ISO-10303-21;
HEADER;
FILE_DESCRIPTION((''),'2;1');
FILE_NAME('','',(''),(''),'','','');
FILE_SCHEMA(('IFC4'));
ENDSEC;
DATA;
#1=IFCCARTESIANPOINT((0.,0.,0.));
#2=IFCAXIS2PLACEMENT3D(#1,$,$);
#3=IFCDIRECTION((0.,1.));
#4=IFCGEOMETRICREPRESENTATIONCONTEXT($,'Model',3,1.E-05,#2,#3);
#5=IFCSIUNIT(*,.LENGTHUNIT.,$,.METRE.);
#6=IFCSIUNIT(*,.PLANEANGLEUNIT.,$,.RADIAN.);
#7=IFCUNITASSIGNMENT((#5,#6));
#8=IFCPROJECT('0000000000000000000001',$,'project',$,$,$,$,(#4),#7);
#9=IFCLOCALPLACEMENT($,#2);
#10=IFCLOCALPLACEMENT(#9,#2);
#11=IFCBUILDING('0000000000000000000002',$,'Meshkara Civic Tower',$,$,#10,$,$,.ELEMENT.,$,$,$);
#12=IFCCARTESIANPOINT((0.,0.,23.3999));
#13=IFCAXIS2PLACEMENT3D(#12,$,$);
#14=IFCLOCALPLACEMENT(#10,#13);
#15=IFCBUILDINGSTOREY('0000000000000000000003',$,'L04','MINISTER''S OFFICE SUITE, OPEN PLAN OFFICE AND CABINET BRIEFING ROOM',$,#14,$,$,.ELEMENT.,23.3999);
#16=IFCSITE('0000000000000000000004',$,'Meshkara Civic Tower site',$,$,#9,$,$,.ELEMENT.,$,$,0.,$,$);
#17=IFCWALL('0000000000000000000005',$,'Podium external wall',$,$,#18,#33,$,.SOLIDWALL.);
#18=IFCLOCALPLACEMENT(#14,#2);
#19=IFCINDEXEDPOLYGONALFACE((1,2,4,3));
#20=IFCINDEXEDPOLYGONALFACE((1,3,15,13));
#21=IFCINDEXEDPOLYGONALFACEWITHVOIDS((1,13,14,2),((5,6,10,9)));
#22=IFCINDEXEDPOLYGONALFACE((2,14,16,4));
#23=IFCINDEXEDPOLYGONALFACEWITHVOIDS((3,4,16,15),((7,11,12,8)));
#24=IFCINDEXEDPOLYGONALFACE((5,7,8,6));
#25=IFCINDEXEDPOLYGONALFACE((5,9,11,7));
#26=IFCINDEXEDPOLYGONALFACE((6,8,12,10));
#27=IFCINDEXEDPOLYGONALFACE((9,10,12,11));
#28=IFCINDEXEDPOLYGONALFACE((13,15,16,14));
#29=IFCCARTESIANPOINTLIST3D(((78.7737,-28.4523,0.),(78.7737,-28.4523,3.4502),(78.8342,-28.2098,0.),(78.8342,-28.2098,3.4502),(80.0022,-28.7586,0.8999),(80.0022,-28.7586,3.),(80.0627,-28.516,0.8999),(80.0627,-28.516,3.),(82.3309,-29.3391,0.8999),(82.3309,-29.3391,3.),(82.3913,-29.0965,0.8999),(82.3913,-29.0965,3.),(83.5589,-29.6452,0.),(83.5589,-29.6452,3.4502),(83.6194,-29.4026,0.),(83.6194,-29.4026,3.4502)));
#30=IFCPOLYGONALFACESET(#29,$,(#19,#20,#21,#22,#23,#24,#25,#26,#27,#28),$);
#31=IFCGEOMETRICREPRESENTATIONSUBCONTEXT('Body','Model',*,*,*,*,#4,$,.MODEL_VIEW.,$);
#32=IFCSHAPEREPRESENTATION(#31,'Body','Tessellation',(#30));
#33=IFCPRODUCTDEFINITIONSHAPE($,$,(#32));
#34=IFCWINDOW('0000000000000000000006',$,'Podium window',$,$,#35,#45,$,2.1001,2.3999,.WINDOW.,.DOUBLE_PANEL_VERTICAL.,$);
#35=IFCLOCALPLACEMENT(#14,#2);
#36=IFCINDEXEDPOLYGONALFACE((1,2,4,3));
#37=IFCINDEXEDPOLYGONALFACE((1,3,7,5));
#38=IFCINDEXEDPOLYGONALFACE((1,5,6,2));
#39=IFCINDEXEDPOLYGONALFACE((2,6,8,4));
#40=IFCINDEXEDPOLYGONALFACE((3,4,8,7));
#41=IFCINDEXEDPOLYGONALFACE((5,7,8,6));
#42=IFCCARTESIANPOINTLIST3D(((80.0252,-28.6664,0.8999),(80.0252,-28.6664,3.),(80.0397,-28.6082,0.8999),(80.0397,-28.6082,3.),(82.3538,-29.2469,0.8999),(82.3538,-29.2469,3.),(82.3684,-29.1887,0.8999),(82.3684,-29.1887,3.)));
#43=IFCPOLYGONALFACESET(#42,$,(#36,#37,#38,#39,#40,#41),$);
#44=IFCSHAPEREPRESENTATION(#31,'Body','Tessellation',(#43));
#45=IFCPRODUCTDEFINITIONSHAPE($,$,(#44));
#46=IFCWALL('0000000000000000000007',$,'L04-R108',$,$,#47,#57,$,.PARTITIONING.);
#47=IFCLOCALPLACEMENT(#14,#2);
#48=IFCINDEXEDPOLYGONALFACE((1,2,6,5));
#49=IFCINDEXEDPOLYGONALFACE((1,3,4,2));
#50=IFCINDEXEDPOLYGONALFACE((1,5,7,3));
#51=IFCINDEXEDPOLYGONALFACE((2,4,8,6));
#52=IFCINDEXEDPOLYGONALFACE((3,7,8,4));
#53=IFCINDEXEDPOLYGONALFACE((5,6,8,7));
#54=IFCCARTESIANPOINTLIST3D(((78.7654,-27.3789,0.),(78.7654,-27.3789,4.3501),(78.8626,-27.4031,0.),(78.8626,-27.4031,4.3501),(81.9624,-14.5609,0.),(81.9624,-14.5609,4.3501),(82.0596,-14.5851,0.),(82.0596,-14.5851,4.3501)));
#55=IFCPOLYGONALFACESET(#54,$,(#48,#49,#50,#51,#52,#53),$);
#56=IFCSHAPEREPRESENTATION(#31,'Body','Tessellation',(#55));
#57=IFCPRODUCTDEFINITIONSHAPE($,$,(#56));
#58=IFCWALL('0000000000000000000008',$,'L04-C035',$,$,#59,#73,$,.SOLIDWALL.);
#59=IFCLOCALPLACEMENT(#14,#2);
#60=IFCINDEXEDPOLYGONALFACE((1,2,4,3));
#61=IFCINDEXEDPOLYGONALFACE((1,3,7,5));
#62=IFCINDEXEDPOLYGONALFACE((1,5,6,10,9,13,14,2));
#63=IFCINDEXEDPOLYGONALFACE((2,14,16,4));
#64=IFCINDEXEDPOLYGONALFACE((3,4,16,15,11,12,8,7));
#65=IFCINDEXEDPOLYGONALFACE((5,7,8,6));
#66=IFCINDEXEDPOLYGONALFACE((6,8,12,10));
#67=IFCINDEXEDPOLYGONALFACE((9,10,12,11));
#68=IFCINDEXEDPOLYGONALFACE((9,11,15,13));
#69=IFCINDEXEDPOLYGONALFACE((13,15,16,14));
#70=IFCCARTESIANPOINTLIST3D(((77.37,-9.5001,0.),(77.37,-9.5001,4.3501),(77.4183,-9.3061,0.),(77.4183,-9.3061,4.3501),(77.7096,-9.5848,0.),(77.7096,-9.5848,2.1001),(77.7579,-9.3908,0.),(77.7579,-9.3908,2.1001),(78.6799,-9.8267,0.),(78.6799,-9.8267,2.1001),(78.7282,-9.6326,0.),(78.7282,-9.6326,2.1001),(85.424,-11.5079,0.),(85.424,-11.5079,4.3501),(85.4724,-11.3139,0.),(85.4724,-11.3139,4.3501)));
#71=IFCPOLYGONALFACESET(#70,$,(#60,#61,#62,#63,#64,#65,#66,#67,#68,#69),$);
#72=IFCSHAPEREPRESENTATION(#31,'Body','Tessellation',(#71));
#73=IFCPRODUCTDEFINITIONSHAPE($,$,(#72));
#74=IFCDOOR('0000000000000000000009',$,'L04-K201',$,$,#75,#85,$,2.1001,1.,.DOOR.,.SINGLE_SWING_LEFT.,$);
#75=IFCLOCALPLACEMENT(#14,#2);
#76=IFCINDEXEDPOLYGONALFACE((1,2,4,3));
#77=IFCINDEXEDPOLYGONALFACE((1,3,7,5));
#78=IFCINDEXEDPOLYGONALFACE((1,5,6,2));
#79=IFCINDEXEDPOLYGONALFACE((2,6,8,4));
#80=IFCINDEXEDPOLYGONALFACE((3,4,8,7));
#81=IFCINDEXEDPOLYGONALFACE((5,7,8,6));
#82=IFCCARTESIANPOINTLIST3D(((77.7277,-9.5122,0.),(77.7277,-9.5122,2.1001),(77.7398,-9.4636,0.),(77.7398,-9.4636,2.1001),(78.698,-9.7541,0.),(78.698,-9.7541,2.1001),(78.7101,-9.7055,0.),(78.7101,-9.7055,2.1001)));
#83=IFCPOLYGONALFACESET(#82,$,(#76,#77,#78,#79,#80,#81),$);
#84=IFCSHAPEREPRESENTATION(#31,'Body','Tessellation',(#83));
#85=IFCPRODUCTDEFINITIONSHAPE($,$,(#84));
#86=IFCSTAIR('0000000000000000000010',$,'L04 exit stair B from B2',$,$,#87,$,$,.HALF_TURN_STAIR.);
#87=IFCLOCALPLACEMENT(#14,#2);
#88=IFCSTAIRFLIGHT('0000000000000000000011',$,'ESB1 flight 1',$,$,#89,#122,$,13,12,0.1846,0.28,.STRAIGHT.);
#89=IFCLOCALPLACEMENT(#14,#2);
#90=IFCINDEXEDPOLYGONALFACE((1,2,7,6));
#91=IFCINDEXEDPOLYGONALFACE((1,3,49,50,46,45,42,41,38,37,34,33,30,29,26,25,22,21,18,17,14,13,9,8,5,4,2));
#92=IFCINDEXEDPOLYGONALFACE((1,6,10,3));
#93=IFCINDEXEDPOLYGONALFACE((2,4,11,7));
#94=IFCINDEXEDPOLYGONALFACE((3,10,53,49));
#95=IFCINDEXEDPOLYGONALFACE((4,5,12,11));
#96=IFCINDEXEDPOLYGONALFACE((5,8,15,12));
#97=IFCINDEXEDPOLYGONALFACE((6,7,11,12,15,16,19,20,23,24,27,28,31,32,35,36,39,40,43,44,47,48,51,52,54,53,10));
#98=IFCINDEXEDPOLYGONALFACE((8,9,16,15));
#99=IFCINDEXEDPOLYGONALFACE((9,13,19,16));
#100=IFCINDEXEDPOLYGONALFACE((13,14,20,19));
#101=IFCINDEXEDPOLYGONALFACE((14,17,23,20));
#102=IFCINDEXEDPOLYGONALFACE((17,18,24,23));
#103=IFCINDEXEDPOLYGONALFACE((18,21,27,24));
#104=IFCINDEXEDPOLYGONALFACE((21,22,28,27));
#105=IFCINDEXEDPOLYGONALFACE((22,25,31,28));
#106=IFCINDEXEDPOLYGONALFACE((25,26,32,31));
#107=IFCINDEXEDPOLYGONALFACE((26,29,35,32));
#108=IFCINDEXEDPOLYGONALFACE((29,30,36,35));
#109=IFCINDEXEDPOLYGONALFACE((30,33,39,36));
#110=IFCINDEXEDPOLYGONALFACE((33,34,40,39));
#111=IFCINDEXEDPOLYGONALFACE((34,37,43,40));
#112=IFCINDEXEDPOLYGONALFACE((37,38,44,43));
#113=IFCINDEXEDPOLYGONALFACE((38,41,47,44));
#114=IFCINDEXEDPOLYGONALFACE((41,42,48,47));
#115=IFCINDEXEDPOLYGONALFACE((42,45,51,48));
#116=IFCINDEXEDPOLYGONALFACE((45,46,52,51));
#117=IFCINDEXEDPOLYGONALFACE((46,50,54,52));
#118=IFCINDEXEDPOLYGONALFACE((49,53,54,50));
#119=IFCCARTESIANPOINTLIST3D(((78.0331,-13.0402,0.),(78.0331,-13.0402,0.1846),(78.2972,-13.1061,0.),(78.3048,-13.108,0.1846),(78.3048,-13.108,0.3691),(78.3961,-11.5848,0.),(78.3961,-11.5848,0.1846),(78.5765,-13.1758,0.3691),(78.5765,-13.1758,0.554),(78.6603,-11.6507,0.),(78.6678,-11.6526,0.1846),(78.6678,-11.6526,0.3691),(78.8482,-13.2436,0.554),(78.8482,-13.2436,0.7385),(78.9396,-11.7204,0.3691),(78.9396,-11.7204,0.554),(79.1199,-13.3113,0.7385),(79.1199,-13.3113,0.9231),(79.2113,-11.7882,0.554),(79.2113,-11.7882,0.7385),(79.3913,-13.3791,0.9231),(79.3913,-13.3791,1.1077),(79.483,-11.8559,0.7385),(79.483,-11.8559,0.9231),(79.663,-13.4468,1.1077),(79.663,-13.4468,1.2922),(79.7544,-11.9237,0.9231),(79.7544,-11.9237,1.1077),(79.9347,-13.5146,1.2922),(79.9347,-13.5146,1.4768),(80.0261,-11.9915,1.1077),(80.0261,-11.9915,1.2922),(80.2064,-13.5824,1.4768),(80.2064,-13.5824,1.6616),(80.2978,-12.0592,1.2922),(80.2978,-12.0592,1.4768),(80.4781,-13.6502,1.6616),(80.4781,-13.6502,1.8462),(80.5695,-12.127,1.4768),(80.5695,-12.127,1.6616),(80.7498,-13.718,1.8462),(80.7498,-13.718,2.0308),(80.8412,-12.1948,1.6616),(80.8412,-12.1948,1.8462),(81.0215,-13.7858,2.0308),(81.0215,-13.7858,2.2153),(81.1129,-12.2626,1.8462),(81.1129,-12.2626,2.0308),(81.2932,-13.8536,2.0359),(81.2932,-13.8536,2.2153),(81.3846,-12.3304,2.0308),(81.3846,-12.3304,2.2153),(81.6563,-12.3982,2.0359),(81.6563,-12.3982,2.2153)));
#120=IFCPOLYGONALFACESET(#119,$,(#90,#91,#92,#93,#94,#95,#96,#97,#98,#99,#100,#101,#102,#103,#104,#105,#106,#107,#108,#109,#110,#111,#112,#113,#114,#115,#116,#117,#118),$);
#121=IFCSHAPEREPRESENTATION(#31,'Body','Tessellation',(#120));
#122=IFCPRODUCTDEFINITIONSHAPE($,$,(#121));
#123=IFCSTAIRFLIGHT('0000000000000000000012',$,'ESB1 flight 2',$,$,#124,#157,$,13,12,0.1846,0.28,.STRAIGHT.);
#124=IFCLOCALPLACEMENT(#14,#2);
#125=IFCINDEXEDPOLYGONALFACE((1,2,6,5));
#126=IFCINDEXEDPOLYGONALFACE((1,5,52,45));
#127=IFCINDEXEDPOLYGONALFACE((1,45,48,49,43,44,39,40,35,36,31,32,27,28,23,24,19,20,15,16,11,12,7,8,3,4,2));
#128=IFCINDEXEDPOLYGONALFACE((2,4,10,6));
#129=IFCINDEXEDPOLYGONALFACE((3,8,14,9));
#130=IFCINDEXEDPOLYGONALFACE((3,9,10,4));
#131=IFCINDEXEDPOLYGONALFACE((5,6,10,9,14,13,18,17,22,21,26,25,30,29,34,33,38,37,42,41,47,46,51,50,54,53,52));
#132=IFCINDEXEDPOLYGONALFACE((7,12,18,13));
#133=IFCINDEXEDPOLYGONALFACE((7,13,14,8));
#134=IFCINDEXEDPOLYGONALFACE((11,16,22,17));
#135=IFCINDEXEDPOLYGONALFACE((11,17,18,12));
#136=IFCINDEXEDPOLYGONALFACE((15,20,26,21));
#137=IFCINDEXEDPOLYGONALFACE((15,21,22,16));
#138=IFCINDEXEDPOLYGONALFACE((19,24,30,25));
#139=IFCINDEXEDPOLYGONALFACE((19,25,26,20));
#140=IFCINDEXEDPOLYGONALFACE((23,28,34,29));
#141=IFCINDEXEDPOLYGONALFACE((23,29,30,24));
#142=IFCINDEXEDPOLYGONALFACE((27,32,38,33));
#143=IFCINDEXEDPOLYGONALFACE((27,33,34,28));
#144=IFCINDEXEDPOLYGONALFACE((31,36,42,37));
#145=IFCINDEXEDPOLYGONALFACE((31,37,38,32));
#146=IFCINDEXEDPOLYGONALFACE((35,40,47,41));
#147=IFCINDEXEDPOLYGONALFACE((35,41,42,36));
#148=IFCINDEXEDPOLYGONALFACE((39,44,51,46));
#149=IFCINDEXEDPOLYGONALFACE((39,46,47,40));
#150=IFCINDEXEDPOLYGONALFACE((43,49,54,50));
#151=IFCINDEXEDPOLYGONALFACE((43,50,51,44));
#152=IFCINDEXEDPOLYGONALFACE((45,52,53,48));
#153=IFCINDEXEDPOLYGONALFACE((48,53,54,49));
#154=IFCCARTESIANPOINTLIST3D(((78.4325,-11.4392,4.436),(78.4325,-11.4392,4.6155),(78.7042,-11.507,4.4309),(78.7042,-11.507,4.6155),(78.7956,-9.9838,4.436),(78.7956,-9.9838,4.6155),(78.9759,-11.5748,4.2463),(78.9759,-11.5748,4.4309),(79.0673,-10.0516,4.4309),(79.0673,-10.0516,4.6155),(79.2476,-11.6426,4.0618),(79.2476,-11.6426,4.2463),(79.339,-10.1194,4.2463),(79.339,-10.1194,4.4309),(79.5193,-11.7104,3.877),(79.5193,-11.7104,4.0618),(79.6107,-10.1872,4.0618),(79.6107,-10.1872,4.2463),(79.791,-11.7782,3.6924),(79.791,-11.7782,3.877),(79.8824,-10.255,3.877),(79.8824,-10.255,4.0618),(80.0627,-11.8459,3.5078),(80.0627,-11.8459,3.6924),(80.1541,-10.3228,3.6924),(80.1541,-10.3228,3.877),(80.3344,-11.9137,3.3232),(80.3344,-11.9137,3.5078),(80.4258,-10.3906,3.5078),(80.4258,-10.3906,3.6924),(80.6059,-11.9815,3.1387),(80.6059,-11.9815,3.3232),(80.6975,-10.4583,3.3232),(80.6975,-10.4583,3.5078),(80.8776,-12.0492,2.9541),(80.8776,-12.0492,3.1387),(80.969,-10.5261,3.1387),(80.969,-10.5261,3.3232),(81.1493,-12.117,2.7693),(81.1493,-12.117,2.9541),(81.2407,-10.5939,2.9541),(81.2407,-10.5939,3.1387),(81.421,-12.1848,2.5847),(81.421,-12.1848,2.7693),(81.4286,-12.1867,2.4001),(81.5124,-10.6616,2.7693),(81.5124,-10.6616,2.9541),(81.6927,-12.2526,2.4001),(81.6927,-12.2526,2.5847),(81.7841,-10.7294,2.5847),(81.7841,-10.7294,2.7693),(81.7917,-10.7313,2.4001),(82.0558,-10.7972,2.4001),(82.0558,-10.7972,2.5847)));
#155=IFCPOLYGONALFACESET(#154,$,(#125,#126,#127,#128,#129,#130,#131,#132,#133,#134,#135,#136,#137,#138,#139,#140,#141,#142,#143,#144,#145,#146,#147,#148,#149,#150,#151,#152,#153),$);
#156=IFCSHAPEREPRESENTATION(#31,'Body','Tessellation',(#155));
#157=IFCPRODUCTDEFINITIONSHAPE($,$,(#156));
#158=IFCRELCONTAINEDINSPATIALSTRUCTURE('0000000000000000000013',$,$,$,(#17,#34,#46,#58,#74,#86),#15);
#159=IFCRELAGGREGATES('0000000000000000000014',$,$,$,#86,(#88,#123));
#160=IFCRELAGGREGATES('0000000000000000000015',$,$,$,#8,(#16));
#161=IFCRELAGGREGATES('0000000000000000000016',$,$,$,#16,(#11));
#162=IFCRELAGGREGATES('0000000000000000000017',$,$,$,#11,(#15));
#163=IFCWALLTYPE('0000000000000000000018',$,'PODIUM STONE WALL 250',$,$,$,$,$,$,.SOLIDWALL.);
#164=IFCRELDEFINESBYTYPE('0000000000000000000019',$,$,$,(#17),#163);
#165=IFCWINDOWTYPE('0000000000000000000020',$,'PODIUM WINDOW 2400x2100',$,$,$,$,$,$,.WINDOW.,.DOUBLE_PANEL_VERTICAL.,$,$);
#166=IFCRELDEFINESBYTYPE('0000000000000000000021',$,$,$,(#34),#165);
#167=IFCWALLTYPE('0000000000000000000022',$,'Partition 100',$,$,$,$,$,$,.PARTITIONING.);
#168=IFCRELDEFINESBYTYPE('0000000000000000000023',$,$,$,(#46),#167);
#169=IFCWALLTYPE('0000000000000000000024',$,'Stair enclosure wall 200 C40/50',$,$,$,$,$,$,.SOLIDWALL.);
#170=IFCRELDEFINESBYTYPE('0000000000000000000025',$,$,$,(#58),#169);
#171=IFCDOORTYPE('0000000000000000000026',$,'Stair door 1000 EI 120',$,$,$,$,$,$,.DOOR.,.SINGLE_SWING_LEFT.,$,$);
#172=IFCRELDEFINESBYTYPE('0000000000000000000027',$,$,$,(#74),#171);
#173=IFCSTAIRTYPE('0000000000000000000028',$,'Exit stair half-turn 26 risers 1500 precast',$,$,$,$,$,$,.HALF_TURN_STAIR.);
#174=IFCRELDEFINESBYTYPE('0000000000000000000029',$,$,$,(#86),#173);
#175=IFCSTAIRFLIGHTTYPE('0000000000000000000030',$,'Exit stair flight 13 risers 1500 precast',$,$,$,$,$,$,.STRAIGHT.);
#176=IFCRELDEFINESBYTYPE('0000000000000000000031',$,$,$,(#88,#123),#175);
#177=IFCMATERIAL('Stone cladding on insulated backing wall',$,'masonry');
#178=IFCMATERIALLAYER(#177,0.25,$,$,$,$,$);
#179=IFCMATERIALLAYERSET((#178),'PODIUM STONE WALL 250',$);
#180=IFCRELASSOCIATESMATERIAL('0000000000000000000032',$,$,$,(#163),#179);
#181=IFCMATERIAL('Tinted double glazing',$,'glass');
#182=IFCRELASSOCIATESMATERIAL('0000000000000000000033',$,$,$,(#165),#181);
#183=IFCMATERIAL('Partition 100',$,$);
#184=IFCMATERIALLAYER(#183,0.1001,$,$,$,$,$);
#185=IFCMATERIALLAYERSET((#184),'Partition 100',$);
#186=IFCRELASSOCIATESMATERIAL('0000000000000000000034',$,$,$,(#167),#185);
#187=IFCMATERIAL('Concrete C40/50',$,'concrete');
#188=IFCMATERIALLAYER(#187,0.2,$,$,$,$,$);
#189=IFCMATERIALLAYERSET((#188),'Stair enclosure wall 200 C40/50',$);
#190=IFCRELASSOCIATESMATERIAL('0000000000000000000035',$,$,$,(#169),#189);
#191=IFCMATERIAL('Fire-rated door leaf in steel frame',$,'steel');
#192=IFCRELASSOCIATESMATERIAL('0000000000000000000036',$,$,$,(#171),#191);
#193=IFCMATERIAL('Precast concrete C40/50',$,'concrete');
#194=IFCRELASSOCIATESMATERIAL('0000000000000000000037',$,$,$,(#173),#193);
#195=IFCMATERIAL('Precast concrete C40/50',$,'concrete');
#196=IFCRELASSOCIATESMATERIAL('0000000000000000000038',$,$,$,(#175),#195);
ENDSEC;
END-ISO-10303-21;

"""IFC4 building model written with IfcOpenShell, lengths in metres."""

from ifc_helpers import new_model, si_unit, direction, frame, frame_2d, origin, place, context, subcontext, project, spatial, polyline, rectangle, outline, extrude, material, layer, layer_set, type_object, element, fill, aggregate, save


model = new_model("IFC4")

# Units and contexts
model_context = context("Model", 3, precision=1e-05, world=origin(), true_north=direction((0.0, 1.0)))
body_context = subcontext(model_context, "Body", "Model", "MODEL_VIEW")
ifc_project = project(units=[si_unit("LENGTHUNIT", "METRE"), si_unit("PLANEANGLEUNIT", "RADIAN")], contexts=[model_context])

# Site, building, storey
site_placement = place(None, origin())
site = spatial("IfcSite", under=ifc_project, at=site_placement, Name="Meshkara Civic Tower site", CompositionType="ELEMENT", RefElevation=0.0)
building_placement = place(site_placement, origin())
building = spatial("IfcBuilding", under=site, at=building_placement, Name="Meshkara Civic Tower", CompositionType="ELEMENT")
storey_placement = place(building_placement, frame((0.0, 0.0, 23.3999)))
storey = spatial("IfcBuildingStorey", under=building, at=storey_placement, Name="L04", Description="MINISTER'S OFFICE SUITE, OPEN PLAN OFFICE AND CABINET BRIEFING ROOM", CompositionType="ELEMENT", Elevation=23.3999)

# Wall, opening, window
ifc_material_1 = material(Name="Stone cladding on insulated backing wall", Category="masonry")
ifc_layer_1 = layer(ifc_material_1, 0.25)
ifc_layer_set_1 = layer_set([ifc_layer_1], Name="PODIUM STONE WALL 250")
wall_type_1 = type_object("IfcWallType", Name="PODIUM STONE WALL 250", PredefinedType="SOLIDWALL", material=ifc_layer_set_1)
wall_1_placement = place(storey_placement, frame((78.804, -28.3311, 0.0), z_axis=(0.0, 0.0, 1.0), x_axis=(0.970305, -0.241883, 0.0)))
wall_1 = element("IfcWall", 1, at=wall_1_placement, inside=storey, type_object=wall_type_1, Name="Podium external wall", PredefinedType="SOLIDWALL", context=body_context, shape_type="SweptSolid", body=[
    extrude(rectangle(XDim=4.9316, YDim=0.25, at=frame_2d((2.4658, 0.0))), origin(), (0.0, 0.0, 1.0), 3.4502),
])
opening_1_placement = place(wall_1_placement, frame((1.2661, 0.0, 0.8999)))
opening_1 = element("IfcOpeningElement", 2, at=opening_1_placement, cuts=wall_1, PredefinedType="OPENING", context=body_context, shape_type="SweptSolid", body=[
    extrude(rectangle(XDim=2.3999, YDim=2.1001, at=frame_2d((1.2, 1.05))), frame((0.0, 0.135, 0.0), z_axis=(0.0, -1.0, 0.0), x_axis=(1.0, 0.0, 0.0)), (0.0, 0.0, 1.0), 0.27),
])
ifc_material_2 = material(Name="Tinted double glazing", Category="glass")
window_type = type_object("IfcWindowType", Name="PODIUM WINDOW 2400x2100", PartitioningType="DOUBLE_PANEL_VERTICAL", PredefinedType="WINDOW", material=ifc_material_2)
window_placement = place(opening_1_placement, origin())
window = element("IfcWindow", 3, at=window_placement, inside=storey, type_object=window_type, Name="Podium window", OverallHeight=2.1001, OverallWidth=2.3999, PartitioningType="DOUBLE_PANEL_VERTICAL", PredefinedType="WINDOW", context=body_context, shape_type="SweptSolid", body=[
    extrude(rectangle(XDim=2.3999, YDim=2.1001, at=frame_2d((1.2, 1.05))), frame((0.0, 0.03, 0.0), z_axis=(0.0, -1.0, 0.0), x_axis=(1.0, 0.0, 0.0)), (0.0, 0.0, 1.0), 0.0601),
])
fill(opening_1, window)

# Wall
ifc_material_3 = material(Name="Partition 100")
ifc_layer_2 = layer(ifc_material_3, 0.1001)
ifc_layer_set_2 = layer_set([ifc_layer_2], Name="Partition 100")
wall_type_2 = type_object("IfcWallType", Name="Partition 100", PredefinedType="PARTITIONING", material=ifc_layer_set_2)
wall_2_placement = place(storey_placement, frame((78.814, -27.3911, 0.0), z_axis=(0.0, 0.0, 1.0), x_axis=(0.242001, 0.970276, 0.0)))
element("IfcWall", 4, at=wall_2_placement, inside=storey, type_object=wall_type_2, Name="L04-R108", PredefinedType="PARTITIONING", context=body_context, shape_type="SweptSolid", body=[
    extrude(rectangle(XDim=13.2107, YDim=0.1001, at=frame_2d((6.6055, 0.0))), origin(), (0.0, 0.0, 1.0), 4.3501),
])

# Wall, opening, door
ifc_material_4 = material(Name="Concrete C40/50", Category="concrete")
ifc_layer_3 = layer(ifc_material_4, 0.2)
ifc_layer_set_3 = layer_set([ifc_layer_3], Name="Stair enclosure wall 200 C40/50")
wall_type_3 = type_object("IfcWallType", Name="Stair enclosure wall 200 C40/50", PredefinedType="SOLIDWALL", material=ifc_layer_set_3)
wall_3_placement = place(storey_placement, frame((77.394, -9.4031, 0.0), z_axis=(0.0, 0.0, 1.0), x_axis=(0.970303, -0.241892, 0.0)))
wall_3 = element("IfcWall", 5, at=wall_3_placement, inside=storey, type_object=wall_type_3, Name="L04-C035", PredefinedType="SOLIDWALL", context=body_context, shape_type="SweptSolid", body=[
    extrude(rectangle(XDim=8.3005, YDim=0.2, at=frame_2d((4.1504, 0.0))), origin(), (0.0, 0.0, 1.0), 4.3501),
])
opening_2_placement = place(wall_3_placement, frame((0.3501, 0.0, 0.0)))
opening_2 = element("IfcOpeningElement", 6, at=opening_2_placement, cuts=wall_3, PredefinedType="OPENING", context=body_context, shape_type="SweptSolid", body=[
    extrude(rectangle(XDim=1.0, YDim=2.1001, at=frame_2d((0.5, 1.05))), frame((0.0, 0.1099, 0.0), z_axis=(0.0, -1.0, 0.0), x_axis=(1.0, 0.0, 0.0)), (0.0, 0.0, 1.0), 0.22),
])
ifc_material_5 = material(Name="Fire-rated door leaf in steel frame", Category="steel")
door_type_1 = type_object("IfcDoorType", Name="Stair door 1000 EI 120", OperationType="SINGLE_SWING_LEFT", PredefinedType="DOOR", material=ifc_material_5)
door_1_placement = place(opening_2_placement, origin())
door_1 = element("IfcDoor", 7, at=door_1_placement, inside=storey, type_object=door_type_1, Name="L04-K201", OperationType="SINGLE_SWING_LEFT", OverallHeight=2.1001, OverallWidth=1.0, PredefinedType="DOOR", context=body_context, shape_type="SweptSolid", body=[
    extrude(rectangle(XDim=1.0, YDim=2.1001, at=frame_2d((0.5, 1.05))), frame((0.0, 0.0249, 0.0), z_axis=(0.0, -1.0, 0.0), x_axis=(1.0, 0.0, 0.0)), (0.0, 0.0, 1.0), 0.05),
])
fill(opening_2, door_1)

# Stair, stair flights
ifc_material_6 = material(Name="Precast concrete C40/50", Category="concrete")
stair_type = type_object("IfcStairType", Name="Exit stair half-turn 26 risers 1500 precast", PredefinedType="HALF_TURN_STAIR", material=ifc_material_6)
stair_placement = place(storey_placement, origin())
stair = element("IfcStair", 8, at=stair_placement, inside=storey, type_object=stair_type, Name="L04 exit stair B from B2", PredefinedType="HALF_TURN_STAIR")
ifc_material_7 = material(Name="Precast concrete C40/50", Category="concrete")
stair_flight_type = type_object("IfcStairFlightType", Name="Exit stair flight 13 risers 1500 precast", PredefinedType="STRAIGHT", material=ifc_material_7)
stair_flight_1_placement = place(storey_placement, frame((78.2146, -12.3125, 0.0), z_axis=(0.0, 0.0, 1.0), x_axis=(0.97026, -0.242065, 0.0)))
stair_flight_1 = element("IfcStairFlight", 9, at=stair_flight_1_placement, type_object=stair_flight_type, Name="ESB1 flight 1", NumberOfRisers=13, NumberOfTreads=12, PredefinedType="STRAIGHT", RiserHeight=0.1846, TreadLength=0.28, context=body_context, shape_type="SweptSolid", body=[
    extrude(outline(polyline([(0.0, 0.0), (0.0, 0.1846), (0.28, 0.1846), (0.28, 0.3691), (0.5601, 0.3691), (0.5601, 0.554), (0.8401, 0.554), (0.8401, 0.7385), (1.1201, 0.7385), (1.1201, 0.9231), (1.3999, 0.9231), (1.3999, 1.1077), (1.6799, 1.1077), (1.6799, 1.2922), (1.96, 1.2922), (1.96, 1.4768), (2.24, 1.4768), (2.24, 1.6616), (2.52, 1.6616), (2.52, 1.8462), (2.8, 1.8462), (2.8, 2.0308), (3.0801, 2.0308), (3.0801, 2.2153), (3.3601, 2.2153), (3.3601, 2.3999), (3.3601, 2.0359), (0.2722, 0.0), (0.0, 0.0)])), frame((0.0, 0.75, 0.0), z_axis=(0.0, -1.0, 0.0), x_axis=(1.0, 0.0, 0.0)), (0.0, 0.0, 1.0), 1.5),
])
stair_flight_2_placement = place(storey_placement, frame((81.8743, -11.5249, 2.4001), z_axis=(0.0, 0.0, 1.0), x_axis=(-0.97026, 0.242065, 0.0)))
stair_flight_2 = element("IfcStairFlight", 10, at=stair_flight_2_placement, type_object=stair_flight_type, Name="ESB1 flight 2", NumberOfRisers=13, NumberOfTreads=12, PredefinedType="STRAIGHT", RiserHeight=0.1846, TreadLength=0.28, context=body_context, shape_type="SweptSolid", body=[
    extrude(outline(polyline([(0.0, 0.0), (0.0, 0.1846), (0.28, 0.1846), (0.28, 0.3691), (0.5601, 0.3691), (0.5601, 0.554), (0.8401, 0.554), (0.8401, 0.7385), (1.1201, 0.7385), (1.1201, 0.9231), (1.3999, 0.9231), (1.3999, 1.1077), (1.6799, 1.1077), (1.6799, 1.2922), (1.96, 1.2922), (1.96, 1.4768), (2.24, 1.4768), (2.24, 1.6616), (2.52, 1.6616), (2.52, 1.8462), (2.8, 1.8462), (2.8, 2.0308), (3.0801, 2.0308), (3.0801, 2.2153), (3.3601, 2.2153), (3.3601, 2.3999), (3.3601, 2.0359), (0.2722, 0.0), (0.0, 0.0)])), frame((0.0, 0.75, 0.0), z_axis=(0.0, -1.0, 0.0), x_axis=(1.0, 0.0, 0.0)), (0.0, 0.0, 1.0), 1.5),
])
aggregate(stair, [stair_flight_1, stair_flight_2])

save(model, "model.ifc")
